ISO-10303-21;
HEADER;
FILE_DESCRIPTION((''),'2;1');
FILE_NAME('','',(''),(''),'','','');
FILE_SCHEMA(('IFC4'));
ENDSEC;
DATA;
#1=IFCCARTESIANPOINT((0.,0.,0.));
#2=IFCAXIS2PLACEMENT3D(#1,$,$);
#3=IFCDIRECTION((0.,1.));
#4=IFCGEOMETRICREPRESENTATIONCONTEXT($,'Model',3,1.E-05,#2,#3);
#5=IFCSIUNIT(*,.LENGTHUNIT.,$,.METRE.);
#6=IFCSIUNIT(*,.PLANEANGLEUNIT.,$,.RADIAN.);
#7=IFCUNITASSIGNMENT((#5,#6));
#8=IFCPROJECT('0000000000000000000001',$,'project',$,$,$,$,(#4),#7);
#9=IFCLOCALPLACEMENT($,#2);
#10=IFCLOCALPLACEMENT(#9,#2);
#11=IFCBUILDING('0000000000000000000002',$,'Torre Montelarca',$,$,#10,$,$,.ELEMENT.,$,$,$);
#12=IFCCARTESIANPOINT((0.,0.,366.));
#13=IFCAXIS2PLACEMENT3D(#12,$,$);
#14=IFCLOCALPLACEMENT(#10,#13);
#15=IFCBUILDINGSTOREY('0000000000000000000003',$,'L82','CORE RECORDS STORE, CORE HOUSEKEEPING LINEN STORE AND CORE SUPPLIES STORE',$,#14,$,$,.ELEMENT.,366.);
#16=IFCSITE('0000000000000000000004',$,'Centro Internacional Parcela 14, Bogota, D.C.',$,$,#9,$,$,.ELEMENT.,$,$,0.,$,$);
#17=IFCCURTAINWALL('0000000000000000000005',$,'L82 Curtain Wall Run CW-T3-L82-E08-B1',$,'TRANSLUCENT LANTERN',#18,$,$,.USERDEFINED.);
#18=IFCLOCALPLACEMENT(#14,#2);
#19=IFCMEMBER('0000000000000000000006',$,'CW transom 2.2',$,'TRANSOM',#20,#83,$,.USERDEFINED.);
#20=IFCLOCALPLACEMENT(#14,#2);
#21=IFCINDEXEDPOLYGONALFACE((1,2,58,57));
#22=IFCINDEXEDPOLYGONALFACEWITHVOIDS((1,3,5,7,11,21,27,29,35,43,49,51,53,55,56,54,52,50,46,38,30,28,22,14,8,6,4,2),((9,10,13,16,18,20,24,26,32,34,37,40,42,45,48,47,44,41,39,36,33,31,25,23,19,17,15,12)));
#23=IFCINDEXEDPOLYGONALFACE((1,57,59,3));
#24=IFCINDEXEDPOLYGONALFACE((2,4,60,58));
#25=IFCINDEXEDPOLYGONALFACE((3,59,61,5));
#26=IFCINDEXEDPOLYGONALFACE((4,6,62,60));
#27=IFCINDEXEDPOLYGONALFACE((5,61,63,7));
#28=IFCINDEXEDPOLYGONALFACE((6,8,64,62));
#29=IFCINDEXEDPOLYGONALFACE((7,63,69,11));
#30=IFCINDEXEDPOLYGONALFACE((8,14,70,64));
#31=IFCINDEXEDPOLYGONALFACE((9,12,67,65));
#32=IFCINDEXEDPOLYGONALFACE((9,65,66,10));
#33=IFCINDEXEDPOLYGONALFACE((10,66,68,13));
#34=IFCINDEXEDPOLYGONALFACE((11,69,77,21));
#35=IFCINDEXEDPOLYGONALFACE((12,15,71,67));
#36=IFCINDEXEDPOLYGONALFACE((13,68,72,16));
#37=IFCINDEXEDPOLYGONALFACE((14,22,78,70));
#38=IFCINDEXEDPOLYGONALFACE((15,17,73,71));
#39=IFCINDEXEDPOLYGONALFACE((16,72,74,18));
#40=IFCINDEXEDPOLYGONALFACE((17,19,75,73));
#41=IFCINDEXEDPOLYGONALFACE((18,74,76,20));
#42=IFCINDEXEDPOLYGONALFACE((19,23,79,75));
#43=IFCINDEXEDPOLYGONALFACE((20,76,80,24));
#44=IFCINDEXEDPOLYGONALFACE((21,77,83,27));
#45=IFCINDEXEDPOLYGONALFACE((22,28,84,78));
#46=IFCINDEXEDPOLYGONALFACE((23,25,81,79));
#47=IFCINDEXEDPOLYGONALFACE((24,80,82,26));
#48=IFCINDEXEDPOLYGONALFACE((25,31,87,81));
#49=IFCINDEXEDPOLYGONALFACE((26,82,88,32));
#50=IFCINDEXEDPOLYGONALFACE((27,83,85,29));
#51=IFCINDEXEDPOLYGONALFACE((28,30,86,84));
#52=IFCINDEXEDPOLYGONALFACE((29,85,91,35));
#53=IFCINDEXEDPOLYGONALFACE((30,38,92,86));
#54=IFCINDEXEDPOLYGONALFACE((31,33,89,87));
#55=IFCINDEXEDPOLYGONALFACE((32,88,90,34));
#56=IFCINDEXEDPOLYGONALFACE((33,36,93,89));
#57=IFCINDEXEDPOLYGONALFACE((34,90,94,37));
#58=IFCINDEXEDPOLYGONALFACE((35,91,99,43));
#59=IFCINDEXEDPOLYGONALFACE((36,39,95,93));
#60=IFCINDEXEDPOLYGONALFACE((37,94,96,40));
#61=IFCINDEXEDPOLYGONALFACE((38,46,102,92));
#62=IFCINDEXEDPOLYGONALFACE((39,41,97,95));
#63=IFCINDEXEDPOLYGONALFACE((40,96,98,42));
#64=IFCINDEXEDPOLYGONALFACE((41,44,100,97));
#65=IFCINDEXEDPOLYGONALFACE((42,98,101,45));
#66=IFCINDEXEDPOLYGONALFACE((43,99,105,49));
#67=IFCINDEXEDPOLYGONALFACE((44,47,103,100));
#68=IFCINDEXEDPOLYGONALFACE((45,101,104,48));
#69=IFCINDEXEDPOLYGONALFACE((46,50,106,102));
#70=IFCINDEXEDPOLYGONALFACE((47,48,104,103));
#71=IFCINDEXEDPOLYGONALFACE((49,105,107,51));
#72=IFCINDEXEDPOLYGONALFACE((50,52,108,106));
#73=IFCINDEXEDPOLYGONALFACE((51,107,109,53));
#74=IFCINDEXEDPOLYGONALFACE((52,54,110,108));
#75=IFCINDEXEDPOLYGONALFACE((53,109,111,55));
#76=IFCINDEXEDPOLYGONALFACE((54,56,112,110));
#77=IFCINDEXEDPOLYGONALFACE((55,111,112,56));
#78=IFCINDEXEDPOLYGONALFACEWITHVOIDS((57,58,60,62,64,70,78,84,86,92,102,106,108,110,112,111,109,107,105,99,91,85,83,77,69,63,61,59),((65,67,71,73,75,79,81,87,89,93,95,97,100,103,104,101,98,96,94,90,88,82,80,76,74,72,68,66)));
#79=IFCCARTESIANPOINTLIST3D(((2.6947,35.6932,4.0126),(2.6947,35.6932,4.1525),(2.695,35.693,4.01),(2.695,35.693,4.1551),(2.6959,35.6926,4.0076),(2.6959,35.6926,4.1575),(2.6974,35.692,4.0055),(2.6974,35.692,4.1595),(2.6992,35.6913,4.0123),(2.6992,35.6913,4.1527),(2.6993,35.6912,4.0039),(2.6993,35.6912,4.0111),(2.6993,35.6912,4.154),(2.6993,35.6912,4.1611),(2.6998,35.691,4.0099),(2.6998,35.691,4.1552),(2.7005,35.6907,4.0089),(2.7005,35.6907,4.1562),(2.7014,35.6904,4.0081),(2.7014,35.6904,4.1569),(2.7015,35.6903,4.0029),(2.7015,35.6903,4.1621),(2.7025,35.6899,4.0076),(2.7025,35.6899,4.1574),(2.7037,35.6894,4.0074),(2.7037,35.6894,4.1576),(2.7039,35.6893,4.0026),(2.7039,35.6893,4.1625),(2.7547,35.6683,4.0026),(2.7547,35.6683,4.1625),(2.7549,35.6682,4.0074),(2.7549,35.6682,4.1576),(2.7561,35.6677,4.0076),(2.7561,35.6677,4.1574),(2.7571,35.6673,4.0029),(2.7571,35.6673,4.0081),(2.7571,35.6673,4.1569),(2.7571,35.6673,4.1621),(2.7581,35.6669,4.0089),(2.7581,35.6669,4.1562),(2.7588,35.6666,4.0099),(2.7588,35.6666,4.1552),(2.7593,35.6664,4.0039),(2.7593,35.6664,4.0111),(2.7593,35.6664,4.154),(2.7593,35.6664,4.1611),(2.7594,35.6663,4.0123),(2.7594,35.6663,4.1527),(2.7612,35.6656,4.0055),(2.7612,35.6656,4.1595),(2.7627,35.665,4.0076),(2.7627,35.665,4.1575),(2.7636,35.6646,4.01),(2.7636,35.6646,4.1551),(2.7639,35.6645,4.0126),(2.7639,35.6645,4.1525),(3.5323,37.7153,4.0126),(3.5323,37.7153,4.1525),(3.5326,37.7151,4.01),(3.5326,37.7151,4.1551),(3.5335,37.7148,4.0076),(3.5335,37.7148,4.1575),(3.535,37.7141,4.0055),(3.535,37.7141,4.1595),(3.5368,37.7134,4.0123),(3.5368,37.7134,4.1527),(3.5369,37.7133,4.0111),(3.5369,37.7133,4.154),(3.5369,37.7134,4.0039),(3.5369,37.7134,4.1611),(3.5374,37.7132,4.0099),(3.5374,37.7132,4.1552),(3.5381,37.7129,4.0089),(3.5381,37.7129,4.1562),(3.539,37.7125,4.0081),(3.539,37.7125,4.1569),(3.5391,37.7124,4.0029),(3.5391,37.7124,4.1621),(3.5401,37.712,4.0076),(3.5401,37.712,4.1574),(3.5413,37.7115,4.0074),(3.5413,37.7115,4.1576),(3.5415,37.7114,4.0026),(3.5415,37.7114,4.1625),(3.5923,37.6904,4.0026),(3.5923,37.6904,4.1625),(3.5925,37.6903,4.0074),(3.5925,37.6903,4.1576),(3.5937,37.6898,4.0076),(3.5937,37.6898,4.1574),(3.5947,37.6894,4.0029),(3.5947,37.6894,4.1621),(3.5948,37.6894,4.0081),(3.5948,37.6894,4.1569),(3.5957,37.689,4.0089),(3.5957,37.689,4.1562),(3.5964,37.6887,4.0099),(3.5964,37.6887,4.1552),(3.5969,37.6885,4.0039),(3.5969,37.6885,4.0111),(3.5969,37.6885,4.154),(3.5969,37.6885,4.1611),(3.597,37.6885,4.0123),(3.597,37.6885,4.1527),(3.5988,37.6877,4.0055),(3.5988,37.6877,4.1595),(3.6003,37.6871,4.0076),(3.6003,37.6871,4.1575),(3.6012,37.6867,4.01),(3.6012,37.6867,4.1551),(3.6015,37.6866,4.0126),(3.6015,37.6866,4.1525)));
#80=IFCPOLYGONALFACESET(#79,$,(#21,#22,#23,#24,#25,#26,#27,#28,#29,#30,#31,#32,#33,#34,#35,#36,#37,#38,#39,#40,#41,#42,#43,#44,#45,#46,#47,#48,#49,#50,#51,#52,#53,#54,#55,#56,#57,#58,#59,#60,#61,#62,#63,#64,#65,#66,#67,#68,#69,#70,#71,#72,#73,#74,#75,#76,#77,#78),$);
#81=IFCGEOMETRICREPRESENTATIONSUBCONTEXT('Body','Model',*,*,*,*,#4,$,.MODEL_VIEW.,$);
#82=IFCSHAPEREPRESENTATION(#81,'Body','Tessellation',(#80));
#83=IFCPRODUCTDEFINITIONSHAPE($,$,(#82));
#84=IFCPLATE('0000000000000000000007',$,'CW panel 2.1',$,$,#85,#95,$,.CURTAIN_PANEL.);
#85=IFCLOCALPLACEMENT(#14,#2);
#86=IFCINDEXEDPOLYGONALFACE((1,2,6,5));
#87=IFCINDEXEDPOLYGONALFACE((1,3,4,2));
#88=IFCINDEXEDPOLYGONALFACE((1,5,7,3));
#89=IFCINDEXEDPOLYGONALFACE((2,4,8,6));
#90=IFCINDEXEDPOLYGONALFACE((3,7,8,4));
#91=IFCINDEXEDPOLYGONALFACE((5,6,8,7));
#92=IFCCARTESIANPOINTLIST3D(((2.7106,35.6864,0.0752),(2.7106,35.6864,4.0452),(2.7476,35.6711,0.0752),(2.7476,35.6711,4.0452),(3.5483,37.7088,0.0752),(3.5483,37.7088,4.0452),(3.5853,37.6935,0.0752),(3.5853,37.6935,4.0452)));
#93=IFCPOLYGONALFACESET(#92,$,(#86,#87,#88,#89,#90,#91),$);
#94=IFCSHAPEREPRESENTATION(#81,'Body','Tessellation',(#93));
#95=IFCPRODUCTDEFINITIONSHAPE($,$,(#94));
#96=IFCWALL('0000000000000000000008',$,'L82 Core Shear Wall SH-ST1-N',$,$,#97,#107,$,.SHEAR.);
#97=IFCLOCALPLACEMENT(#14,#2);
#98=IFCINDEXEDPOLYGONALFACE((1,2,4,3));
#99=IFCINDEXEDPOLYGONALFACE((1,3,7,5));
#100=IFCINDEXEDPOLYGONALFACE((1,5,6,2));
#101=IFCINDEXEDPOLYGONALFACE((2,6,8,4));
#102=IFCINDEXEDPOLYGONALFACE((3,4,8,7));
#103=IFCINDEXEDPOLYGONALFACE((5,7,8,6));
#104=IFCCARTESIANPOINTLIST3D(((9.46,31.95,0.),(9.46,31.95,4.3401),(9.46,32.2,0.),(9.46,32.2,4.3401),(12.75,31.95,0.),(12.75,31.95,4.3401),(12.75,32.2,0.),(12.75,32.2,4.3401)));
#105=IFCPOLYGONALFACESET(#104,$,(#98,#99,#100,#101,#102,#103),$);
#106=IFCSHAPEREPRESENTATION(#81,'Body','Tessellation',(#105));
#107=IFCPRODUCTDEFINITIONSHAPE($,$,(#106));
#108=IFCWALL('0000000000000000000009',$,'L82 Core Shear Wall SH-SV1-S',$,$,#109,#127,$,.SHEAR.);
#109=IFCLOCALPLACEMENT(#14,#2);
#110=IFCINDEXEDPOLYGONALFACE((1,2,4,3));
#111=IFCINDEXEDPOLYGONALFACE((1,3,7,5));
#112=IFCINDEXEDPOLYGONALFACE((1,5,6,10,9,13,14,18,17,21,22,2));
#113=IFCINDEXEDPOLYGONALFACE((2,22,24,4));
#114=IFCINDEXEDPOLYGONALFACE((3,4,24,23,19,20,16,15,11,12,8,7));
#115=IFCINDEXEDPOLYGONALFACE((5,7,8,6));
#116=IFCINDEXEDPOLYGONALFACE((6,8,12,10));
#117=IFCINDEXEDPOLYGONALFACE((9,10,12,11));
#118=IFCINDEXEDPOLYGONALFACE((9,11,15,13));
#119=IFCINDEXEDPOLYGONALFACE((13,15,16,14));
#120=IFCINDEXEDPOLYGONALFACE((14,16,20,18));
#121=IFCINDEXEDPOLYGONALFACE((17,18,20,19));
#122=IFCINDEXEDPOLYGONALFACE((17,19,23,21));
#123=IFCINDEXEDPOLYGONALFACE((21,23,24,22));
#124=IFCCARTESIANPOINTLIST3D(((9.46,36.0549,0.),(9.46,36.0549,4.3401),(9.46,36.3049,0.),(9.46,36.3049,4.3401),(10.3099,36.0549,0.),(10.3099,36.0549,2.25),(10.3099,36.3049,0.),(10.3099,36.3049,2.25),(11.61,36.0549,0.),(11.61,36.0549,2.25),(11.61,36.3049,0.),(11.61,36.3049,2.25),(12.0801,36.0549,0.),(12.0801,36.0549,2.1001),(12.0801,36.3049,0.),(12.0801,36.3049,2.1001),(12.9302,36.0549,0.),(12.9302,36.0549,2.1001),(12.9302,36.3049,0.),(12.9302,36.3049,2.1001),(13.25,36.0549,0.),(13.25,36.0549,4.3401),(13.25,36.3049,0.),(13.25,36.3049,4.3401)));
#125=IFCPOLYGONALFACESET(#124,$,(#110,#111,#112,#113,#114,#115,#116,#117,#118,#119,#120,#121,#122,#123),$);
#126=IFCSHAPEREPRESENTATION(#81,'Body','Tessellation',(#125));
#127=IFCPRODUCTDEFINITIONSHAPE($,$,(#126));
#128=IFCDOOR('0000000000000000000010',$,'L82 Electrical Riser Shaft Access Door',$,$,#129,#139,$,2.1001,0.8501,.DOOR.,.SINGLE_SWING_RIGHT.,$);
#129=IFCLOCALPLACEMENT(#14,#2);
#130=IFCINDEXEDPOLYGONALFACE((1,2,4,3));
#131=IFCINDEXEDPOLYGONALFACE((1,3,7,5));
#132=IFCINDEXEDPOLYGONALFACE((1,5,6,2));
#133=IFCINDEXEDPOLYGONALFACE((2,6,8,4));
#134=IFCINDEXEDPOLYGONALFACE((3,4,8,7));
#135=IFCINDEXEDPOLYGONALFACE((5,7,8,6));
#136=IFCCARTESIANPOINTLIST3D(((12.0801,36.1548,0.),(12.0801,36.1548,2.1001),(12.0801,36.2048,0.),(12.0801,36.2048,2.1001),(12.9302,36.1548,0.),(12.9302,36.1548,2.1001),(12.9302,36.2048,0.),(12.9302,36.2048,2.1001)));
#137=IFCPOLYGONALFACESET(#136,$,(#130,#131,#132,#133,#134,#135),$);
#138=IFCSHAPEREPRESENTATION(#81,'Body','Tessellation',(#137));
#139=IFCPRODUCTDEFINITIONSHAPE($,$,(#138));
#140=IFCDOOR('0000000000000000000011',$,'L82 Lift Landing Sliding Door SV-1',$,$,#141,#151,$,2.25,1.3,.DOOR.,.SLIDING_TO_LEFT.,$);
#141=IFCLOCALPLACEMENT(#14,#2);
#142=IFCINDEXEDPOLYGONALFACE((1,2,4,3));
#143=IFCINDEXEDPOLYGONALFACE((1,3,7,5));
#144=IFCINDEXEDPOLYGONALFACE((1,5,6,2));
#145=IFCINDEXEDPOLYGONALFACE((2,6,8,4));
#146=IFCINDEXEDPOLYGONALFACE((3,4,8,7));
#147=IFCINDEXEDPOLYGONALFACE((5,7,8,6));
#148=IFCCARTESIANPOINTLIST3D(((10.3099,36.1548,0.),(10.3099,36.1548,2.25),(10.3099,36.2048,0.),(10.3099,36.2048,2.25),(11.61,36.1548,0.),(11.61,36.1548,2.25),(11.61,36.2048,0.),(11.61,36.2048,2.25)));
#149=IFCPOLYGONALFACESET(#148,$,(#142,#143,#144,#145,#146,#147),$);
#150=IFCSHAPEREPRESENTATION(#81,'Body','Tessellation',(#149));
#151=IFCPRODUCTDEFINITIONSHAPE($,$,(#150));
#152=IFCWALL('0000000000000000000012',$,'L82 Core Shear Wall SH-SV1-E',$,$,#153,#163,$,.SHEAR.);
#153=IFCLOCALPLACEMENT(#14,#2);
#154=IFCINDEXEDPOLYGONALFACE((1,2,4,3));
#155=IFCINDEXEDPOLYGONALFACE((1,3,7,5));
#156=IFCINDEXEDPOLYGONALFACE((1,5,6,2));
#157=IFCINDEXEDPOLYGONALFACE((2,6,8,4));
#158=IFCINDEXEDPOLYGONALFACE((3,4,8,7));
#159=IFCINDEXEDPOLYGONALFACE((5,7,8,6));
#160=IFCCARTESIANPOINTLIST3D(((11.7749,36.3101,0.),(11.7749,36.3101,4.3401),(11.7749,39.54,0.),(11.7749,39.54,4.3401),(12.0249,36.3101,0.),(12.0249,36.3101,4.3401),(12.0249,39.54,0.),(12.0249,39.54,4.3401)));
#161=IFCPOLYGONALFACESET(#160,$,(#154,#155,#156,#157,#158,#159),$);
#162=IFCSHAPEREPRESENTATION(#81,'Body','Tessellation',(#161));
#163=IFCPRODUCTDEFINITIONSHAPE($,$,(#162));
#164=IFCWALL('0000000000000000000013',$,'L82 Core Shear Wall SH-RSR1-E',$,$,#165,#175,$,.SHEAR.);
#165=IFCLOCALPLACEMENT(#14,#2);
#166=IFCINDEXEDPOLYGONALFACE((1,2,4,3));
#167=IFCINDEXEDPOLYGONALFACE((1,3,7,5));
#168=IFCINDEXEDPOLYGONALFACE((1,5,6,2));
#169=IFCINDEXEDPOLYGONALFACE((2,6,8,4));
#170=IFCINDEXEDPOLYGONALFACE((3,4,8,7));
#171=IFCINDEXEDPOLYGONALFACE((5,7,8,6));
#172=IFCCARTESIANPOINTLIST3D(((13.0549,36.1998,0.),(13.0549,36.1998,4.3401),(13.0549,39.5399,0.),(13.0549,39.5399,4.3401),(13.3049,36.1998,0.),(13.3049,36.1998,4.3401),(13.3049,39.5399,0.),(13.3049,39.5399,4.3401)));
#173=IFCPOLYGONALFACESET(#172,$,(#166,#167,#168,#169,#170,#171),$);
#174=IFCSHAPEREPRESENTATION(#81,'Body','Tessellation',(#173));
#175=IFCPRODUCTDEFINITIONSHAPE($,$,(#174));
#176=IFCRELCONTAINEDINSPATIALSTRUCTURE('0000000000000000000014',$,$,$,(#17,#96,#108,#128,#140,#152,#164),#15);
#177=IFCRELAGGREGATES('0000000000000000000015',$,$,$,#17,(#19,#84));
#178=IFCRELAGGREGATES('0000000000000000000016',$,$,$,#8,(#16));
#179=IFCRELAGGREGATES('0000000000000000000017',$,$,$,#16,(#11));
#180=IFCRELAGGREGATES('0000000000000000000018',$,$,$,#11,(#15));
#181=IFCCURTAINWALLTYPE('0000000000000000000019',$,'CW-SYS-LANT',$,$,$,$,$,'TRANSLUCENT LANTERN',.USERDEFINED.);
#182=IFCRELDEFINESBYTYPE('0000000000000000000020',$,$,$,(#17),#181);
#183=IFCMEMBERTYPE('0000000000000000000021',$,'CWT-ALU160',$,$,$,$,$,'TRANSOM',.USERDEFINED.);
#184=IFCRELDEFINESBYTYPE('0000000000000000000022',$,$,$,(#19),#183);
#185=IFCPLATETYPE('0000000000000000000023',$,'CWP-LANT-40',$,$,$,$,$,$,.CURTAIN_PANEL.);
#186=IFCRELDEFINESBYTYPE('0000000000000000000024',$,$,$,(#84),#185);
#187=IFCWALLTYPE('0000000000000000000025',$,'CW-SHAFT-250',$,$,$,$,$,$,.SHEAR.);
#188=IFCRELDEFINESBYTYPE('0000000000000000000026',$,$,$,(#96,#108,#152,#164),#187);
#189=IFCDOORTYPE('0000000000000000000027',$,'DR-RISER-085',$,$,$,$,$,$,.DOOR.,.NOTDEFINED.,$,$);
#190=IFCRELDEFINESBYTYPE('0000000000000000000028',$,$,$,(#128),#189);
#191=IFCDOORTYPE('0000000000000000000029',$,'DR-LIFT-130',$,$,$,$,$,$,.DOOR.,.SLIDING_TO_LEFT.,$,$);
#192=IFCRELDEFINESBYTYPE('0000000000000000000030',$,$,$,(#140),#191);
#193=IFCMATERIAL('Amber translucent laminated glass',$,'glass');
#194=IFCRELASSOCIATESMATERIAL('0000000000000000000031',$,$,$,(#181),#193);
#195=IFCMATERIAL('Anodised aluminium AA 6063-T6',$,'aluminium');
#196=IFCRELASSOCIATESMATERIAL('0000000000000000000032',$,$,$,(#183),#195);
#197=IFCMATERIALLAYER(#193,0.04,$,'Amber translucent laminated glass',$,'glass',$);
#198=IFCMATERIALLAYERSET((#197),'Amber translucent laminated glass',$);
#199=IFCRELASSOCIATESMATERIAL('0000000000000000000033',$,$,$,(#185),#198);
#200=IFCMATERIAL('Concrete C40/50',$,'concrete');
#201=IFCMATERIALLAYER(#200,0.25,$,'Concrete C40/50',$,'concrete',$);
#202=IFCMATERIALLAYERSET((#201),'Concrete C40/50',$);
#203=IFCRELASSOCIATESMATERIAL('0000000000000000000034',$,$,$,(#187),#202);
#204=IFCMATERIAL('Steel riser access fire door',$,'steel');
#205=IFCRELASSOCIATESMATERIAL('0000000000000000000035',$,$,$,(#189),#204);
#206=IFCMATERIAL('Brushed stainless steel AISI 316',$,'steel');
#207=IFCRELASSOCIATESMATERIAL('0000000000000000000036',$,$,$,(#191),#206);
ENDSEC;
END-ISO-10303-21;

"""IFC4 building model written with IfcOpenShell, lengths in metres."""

from ifc_helpers import new_model, si_unit, direction, frame, frame_2d, origin, origin_2d, place, context, subcontext, project, spatial, rectangle, hollow_rectangle, extrude, source, transform, mapped, material, layer, layer_set, material_profile, profile_set, type_object, element, fill, aggregate, save


model = new_model("IFC4")

# Units and contexts
model_context = context("Model", 3, precision=1e-05, world=origin(), true_north=direction((0.0, 1.0)))
body_context = subcontext(model_context, "Body", "Model", "MODEL_VIEW")
ifc_project = project(units=[si_unit("LENGTHUNIT", "METRE"), si_unit("PLANEANGLEUNIT", "RADIAN")], contexts=[model_context])

# Site, building, storey
site_placement = place(None, origin())
site = spatial("IfcSite", under=ifc_project, at=site_placement, Name="Centro Internacional Parcela 14, Bogota, D.C.", CompositionType="ELEMENT", RefElevation=0.0)
building_placement = place(site_placement, origin())
building = spatial("IfcBuilding", under=site, at=building_placement, Name="Torre Montelarca", CompositionType="ELEMENT")
storey_placement = place(building_placement, frame((0.0, 0.0, 366.0)))
storey = spatial("IfcBuildingStorey", under=building, at=storey_placement, Name="L82", Description="CORE RECORDS STORE, CORE HOUSEKEEPING LINEN STORE AND CORE SUPPLIES STORE", CompositionType="ELEMENT", Elevation=366.0)

# Shared definitions
ifc_material_1 = material(Name="Amber translucent laminated glass", Category="glass")
curtain_wall_type = type_object("IfcCurtainWallType", Name="CW-SYS-LANT", ElementType="TRANSLUCENT LANTERN", PredefinedType="USERDEFINED", material=ifc_material_1)
ifc_material_2 = material(Name="Anodised aluminium AA 6063-T6", Category="aluminium")

# Curtain wall
curtain_wall_1_placement = place(storey_placement, origin())
curtain_wall_1 = element("IfcCurtainWall", 1, at=curtain_wall_1_placement, inside=storey, type_object=curtain_wall_type, Name="L82 Curtain Wall Run CW-T3-L82-E08-B1", ObjectType="TRANSLUCENT LANTERN", PredefinedType="USERDEFINED")

# Member
ifc_material_profile_1 = material_profile(ifc_material_2, hollow_rectangle(XDim=0.075, YDim=0.1599, WallThickness=0.0049, InnerFilletRadius=0.0049, OuterFilletRadius=0.01, at=origin_2d()), Name="ALU75X160X5", Category="aluminium")
ifc_profile_set_1 = profile_set([ifc_material_profile_1], Name="Anodised aluminium AA 6063-T6")
member_type_1 = type_object("IfcMemberType", Name="CWT-ALU160", ElementType="TRANSOM", PredefinedType="USERDEFINED", material=ifc_profile_set_1)
shared_shape_1 = source(origin(), body_context, "Body", "SweptSolid", [
    extrude(hollow_rectangle(XDim=0.075, YDim=0.1599, WallThickness=0.0049, InnerFilletRadius=0.0049, OuterFilletRadius=0.01, at=origin_2d()), origin(), (0.0, 0.0, 1.0), 2.1887),
])
member_1_placement = place(storey_placement, frame((3.5669, 37.7009, 4.0825), z_axis=(-0.38269, -0.923877, 0.0), x_axis=(0.923877, -0.38269, 0.0)))
member_1 = element("IfcMember", 2, at=member_1_placement, type_object=member_type_1, Name="CW transom 2.2", ObjectType="TRANSOM", PredefinedType="USERDEFINED", context=body_context, shape_type="MappedRepresentation", body=[
    mapped(shared_shape_1, transform((0.0, 0.0, 0.0), scale=1.0)),
])

# Plate
ifc_layer_1 = layer(ifc_material_1, 0.04, Name="Amber translucent laminated glass", Category="glass")
ifc_layer_set_1 = layer_set([ifc_layer_1], Name="Amber translucent laminated glass")
plate_type = type_object("IfcPlateType", Name="CWP-LANT-40", PredefinedType="CURTAIN_PANEL", material=ifc_layer_set_1)
shared_shape_2 = source(origin(), body_context, "Body", "SweptSolid", [
    extrude(rectangle(XDim=2.189, YDim=0.04, at=origin_2d()), origin(), (0.0, 0.0, 1.0), 3.97),
])
plate_placement = place(storey_placement, frame((3.1479, 36.6899, 0.0752), z_axis=(0.0, 0.0, 1.0), x_axis=(-0.382683, -0.92388, 0.0)))
plate = element("IfcPlate", 3, at=plate_placement, type_object=plate_type, Name="CW panel 2.1", PredefinedType="CURTAIN_PANEL", context=body_context, shape_type="MappedRepresentation", body=[
    mapped(shared_shape_2, transform((0.0, 0.0, 0.0), scale=1.0)),
])
aggregate(curtain_wall_1, [member_1, plate])

# Wall
ifc_material_3 = material(Name="Concrete C40/50", Category="concrete")
ifc_layer_2 = layer(ifc_material_3, 0.25, Name="Concrete C40/50", Category="concrete")
ifc_layer_set_2 = layer_set([ifc_layer_2], Name="Concrete C40/50")
wall_type_1 = type_object("IfcWallType", Name="CW-SHAFT-250", PredefinedType="SHEAR", material=ifc_layer_set_2)
wall_1_placement = place(storey_placement, frame((9.46, 32.075, 0.0), z_axis=(0.0, 0.0, 1.0), x_axis=(1.0, 0.0, 0.0)))
element("IfcWall", 4, at=wall_1_placement, inside=storey, type_object=wall_type_1, Name="L82 Core Shear Wall SH-ST1-N", PredefinedType="SHEAR", context=body_context, shape_type="SweptSolid", body=[
    extrude(rectangle(XDim=3.29, YDim=0.25, at=frame_2d((1.645, 0.0))), origin(), (0.0, 0.0, 1.0), 4.3401),
])

# Wall, openings, doors
wall_2_placement = place(storey_placement, frame((9.46, 36.1799, 0.0), z_axis=(0.0, 0.0, 1.0), x_axis=(1.0, 0.0, 0.0)))
wall_2 = element("IfcWall", 5, at=wall_2_placement, inside=storey, type_object=wall_type_1, Name="L82 Core Shear Wall SH-SV1-S", PredefinedType="SHEAR", context=body_context, shape_type="SweptSolid", body=[
    extrude(rectangle(XDim=3.79, YDim=0.25, at=frame_2d((1.895, 0.0))), origin(), (0.0, 0.0, 1.0), 4.3401),
])
opening_1_placement = place(wall_2_placement, frame((2.6201, 0.0, 0.0)))
opening_1 = element("IfcOpeningElement", 6, at=opening_1_placement, cuts=wall_2, PredefinedType="OPENING", context=body_context, shape_type="SweptSolid", body=[
    extrude(rectangle(XDim=0.8501, YDim=2.1001, at=frame_2d((0.425, 1.05))), frame((0.0, 0.135, 0.0), z_axis=(0.0, -1.0, 0.0), x_axis=(1.0, 0.0, 0.0)), (0.0, 0.0, 1.0), 0.27),
])
opening_2_placement = place(wall_2_placement, frame((0.8501, 0.0, 0.0)))
opening_2 = element("IfcOpeningElement", 7, at=opening_2_placement, cuts=wall_2, PredefinedType="OPENING", context=body_context, shape_type="SweptSolid", body=[
    extrude(rectangle(XDim=1.3, YDim=2.25, at=frame_2d((0.6499, 1.125))), frame((0.0, 0.135, 0.0), z_axis=(0.0, -1.0, 0.0), x_axis=(1.0, 0.0, 0.0)), (0.0, 0.0, 1.0), 0.27),
])
ifc_material_4 = material(Name="Steel riser access fire door", Category="steel")
door_type_1 = type_object("IfcDoorType", Name="DR-RISER-085", OperationType="NOTDEFINED", PredefinedType="DOOR", material=ifc_material_4)
shared_shape_3 = source(origin(), body_context, "Body", "SweptSolid", [
    extrude(rectangle(XDim=0.8501, YDim=2.1001, at=frame_2d((0.425, 1.05))), frame((0.0, 0.0249, 0.0), z_axis=(0.0, -1.0, 0.0), x_axis=(1.0, 0.0, 0.0)), (0.0, 0.0, 1.0), 0.05),
])
door_1_placement = place(opening_1_placement, origin())
door_1 = element("IfcDoor", 8, at=door_1_placement, inside=storey, type_object=door_type_1, Name="L82 Electrical Riser Shaft Access Door", OperationType="SINGLE_SWING_RIGHT", OverallHeight=2.1001, OverallWidth=0.8501, PredefinedType="DOOR", context=body_context, shape_type="MappedRepresentation", body=[
    mapped(shared_shape_3, transform((0.0, 0.0, 0.0), scale=1.0)),
])
fill(opening_1, door_1)
ifc_material_5 = material(Name="Brushed stainless steel AISI 316", Category="steel")
door_type_2 = type_object("IfcDoorType", Name="DR-LIFT-130", OperationType="SLIDING_TO_LEFT", PredefinedType="DOOR", material=ifc_material_5)
shared_shape_4 = source(origin(), body_context, "Body", "SweptSolid", [
    extrude(rectangle(XDim=1.3, YDim=2.25, at=frame_2d((0.6499, 1.125))), frame((0.0, 0.0249, 0.0), z_axis=(0.0, -1.0, 0.0), x_axis=(1.0, 0.0, 0.0)), (0.0, 0.0, 1.0), 0.05),
])
door_2_placement = place(opening_2_placement, origin())
door_2 = element("IfcDoor", 9, at=door_2_placement, inside=storey, type_object=door_type_2, Name="L82 Lift Landing Sliding Door SV-1", OperationType="SLIDING_TO_LEFT", OverallHeight=2.25, OverallWidth=1.3, PredefinedType="DOOR", context=body_context, shape_type="MappedRepresentation", body=[
    mapped(shared_shape_4, transform((0.0, 0.0, 0.0), scale=1.0)),
])
fill(opening_2, door_2)

# Walls
wall_3_placement = place(storey_placement, frame((11.8999, 36.3101, 0.0), z_axis=(0.0, 0.0, 1.0), x_axis=(0.0, 1.0, 0.0)))
element("IfcWall", 10, at=wall_3_placement, inside=storey, type_object=wall_type_1, Name="L82 Core Shear Wall SH-SV1-E", PredefinedType="SHEAR", context=body_context, shape_type="SweptSolid", body=[
    extrude(rectangle(XDim=3.23, YDim=0.25, at=frame_2d((1.615, 0.0))), origin(), (0.0, 0.0, 1.0), 4.3401),
])
wall_4_placement = place(storey_placement, frame((13.1799, 36.2, 0.0), z_axis=(0.0, 0.0, 1.0), x_axis=(0.0, 1.0, 0.0)))
element("IfcWall", 11, at=wall_4_placement, inside=storey, type_object=wall_type_1, Name="L82 Core Shear Wall SH-RSR1-E", PredefinedType="SHEAR", context=body_context, shape_type="SweptSolid", body=[
    extrude(rectangle(XDim=3.3401, YDim=0.25, at=frame_2d((1.6699, 0.0))), origin(), (0.0, 0.0, 1.0), 4.3401),
])

save(model, "model.ifc")
